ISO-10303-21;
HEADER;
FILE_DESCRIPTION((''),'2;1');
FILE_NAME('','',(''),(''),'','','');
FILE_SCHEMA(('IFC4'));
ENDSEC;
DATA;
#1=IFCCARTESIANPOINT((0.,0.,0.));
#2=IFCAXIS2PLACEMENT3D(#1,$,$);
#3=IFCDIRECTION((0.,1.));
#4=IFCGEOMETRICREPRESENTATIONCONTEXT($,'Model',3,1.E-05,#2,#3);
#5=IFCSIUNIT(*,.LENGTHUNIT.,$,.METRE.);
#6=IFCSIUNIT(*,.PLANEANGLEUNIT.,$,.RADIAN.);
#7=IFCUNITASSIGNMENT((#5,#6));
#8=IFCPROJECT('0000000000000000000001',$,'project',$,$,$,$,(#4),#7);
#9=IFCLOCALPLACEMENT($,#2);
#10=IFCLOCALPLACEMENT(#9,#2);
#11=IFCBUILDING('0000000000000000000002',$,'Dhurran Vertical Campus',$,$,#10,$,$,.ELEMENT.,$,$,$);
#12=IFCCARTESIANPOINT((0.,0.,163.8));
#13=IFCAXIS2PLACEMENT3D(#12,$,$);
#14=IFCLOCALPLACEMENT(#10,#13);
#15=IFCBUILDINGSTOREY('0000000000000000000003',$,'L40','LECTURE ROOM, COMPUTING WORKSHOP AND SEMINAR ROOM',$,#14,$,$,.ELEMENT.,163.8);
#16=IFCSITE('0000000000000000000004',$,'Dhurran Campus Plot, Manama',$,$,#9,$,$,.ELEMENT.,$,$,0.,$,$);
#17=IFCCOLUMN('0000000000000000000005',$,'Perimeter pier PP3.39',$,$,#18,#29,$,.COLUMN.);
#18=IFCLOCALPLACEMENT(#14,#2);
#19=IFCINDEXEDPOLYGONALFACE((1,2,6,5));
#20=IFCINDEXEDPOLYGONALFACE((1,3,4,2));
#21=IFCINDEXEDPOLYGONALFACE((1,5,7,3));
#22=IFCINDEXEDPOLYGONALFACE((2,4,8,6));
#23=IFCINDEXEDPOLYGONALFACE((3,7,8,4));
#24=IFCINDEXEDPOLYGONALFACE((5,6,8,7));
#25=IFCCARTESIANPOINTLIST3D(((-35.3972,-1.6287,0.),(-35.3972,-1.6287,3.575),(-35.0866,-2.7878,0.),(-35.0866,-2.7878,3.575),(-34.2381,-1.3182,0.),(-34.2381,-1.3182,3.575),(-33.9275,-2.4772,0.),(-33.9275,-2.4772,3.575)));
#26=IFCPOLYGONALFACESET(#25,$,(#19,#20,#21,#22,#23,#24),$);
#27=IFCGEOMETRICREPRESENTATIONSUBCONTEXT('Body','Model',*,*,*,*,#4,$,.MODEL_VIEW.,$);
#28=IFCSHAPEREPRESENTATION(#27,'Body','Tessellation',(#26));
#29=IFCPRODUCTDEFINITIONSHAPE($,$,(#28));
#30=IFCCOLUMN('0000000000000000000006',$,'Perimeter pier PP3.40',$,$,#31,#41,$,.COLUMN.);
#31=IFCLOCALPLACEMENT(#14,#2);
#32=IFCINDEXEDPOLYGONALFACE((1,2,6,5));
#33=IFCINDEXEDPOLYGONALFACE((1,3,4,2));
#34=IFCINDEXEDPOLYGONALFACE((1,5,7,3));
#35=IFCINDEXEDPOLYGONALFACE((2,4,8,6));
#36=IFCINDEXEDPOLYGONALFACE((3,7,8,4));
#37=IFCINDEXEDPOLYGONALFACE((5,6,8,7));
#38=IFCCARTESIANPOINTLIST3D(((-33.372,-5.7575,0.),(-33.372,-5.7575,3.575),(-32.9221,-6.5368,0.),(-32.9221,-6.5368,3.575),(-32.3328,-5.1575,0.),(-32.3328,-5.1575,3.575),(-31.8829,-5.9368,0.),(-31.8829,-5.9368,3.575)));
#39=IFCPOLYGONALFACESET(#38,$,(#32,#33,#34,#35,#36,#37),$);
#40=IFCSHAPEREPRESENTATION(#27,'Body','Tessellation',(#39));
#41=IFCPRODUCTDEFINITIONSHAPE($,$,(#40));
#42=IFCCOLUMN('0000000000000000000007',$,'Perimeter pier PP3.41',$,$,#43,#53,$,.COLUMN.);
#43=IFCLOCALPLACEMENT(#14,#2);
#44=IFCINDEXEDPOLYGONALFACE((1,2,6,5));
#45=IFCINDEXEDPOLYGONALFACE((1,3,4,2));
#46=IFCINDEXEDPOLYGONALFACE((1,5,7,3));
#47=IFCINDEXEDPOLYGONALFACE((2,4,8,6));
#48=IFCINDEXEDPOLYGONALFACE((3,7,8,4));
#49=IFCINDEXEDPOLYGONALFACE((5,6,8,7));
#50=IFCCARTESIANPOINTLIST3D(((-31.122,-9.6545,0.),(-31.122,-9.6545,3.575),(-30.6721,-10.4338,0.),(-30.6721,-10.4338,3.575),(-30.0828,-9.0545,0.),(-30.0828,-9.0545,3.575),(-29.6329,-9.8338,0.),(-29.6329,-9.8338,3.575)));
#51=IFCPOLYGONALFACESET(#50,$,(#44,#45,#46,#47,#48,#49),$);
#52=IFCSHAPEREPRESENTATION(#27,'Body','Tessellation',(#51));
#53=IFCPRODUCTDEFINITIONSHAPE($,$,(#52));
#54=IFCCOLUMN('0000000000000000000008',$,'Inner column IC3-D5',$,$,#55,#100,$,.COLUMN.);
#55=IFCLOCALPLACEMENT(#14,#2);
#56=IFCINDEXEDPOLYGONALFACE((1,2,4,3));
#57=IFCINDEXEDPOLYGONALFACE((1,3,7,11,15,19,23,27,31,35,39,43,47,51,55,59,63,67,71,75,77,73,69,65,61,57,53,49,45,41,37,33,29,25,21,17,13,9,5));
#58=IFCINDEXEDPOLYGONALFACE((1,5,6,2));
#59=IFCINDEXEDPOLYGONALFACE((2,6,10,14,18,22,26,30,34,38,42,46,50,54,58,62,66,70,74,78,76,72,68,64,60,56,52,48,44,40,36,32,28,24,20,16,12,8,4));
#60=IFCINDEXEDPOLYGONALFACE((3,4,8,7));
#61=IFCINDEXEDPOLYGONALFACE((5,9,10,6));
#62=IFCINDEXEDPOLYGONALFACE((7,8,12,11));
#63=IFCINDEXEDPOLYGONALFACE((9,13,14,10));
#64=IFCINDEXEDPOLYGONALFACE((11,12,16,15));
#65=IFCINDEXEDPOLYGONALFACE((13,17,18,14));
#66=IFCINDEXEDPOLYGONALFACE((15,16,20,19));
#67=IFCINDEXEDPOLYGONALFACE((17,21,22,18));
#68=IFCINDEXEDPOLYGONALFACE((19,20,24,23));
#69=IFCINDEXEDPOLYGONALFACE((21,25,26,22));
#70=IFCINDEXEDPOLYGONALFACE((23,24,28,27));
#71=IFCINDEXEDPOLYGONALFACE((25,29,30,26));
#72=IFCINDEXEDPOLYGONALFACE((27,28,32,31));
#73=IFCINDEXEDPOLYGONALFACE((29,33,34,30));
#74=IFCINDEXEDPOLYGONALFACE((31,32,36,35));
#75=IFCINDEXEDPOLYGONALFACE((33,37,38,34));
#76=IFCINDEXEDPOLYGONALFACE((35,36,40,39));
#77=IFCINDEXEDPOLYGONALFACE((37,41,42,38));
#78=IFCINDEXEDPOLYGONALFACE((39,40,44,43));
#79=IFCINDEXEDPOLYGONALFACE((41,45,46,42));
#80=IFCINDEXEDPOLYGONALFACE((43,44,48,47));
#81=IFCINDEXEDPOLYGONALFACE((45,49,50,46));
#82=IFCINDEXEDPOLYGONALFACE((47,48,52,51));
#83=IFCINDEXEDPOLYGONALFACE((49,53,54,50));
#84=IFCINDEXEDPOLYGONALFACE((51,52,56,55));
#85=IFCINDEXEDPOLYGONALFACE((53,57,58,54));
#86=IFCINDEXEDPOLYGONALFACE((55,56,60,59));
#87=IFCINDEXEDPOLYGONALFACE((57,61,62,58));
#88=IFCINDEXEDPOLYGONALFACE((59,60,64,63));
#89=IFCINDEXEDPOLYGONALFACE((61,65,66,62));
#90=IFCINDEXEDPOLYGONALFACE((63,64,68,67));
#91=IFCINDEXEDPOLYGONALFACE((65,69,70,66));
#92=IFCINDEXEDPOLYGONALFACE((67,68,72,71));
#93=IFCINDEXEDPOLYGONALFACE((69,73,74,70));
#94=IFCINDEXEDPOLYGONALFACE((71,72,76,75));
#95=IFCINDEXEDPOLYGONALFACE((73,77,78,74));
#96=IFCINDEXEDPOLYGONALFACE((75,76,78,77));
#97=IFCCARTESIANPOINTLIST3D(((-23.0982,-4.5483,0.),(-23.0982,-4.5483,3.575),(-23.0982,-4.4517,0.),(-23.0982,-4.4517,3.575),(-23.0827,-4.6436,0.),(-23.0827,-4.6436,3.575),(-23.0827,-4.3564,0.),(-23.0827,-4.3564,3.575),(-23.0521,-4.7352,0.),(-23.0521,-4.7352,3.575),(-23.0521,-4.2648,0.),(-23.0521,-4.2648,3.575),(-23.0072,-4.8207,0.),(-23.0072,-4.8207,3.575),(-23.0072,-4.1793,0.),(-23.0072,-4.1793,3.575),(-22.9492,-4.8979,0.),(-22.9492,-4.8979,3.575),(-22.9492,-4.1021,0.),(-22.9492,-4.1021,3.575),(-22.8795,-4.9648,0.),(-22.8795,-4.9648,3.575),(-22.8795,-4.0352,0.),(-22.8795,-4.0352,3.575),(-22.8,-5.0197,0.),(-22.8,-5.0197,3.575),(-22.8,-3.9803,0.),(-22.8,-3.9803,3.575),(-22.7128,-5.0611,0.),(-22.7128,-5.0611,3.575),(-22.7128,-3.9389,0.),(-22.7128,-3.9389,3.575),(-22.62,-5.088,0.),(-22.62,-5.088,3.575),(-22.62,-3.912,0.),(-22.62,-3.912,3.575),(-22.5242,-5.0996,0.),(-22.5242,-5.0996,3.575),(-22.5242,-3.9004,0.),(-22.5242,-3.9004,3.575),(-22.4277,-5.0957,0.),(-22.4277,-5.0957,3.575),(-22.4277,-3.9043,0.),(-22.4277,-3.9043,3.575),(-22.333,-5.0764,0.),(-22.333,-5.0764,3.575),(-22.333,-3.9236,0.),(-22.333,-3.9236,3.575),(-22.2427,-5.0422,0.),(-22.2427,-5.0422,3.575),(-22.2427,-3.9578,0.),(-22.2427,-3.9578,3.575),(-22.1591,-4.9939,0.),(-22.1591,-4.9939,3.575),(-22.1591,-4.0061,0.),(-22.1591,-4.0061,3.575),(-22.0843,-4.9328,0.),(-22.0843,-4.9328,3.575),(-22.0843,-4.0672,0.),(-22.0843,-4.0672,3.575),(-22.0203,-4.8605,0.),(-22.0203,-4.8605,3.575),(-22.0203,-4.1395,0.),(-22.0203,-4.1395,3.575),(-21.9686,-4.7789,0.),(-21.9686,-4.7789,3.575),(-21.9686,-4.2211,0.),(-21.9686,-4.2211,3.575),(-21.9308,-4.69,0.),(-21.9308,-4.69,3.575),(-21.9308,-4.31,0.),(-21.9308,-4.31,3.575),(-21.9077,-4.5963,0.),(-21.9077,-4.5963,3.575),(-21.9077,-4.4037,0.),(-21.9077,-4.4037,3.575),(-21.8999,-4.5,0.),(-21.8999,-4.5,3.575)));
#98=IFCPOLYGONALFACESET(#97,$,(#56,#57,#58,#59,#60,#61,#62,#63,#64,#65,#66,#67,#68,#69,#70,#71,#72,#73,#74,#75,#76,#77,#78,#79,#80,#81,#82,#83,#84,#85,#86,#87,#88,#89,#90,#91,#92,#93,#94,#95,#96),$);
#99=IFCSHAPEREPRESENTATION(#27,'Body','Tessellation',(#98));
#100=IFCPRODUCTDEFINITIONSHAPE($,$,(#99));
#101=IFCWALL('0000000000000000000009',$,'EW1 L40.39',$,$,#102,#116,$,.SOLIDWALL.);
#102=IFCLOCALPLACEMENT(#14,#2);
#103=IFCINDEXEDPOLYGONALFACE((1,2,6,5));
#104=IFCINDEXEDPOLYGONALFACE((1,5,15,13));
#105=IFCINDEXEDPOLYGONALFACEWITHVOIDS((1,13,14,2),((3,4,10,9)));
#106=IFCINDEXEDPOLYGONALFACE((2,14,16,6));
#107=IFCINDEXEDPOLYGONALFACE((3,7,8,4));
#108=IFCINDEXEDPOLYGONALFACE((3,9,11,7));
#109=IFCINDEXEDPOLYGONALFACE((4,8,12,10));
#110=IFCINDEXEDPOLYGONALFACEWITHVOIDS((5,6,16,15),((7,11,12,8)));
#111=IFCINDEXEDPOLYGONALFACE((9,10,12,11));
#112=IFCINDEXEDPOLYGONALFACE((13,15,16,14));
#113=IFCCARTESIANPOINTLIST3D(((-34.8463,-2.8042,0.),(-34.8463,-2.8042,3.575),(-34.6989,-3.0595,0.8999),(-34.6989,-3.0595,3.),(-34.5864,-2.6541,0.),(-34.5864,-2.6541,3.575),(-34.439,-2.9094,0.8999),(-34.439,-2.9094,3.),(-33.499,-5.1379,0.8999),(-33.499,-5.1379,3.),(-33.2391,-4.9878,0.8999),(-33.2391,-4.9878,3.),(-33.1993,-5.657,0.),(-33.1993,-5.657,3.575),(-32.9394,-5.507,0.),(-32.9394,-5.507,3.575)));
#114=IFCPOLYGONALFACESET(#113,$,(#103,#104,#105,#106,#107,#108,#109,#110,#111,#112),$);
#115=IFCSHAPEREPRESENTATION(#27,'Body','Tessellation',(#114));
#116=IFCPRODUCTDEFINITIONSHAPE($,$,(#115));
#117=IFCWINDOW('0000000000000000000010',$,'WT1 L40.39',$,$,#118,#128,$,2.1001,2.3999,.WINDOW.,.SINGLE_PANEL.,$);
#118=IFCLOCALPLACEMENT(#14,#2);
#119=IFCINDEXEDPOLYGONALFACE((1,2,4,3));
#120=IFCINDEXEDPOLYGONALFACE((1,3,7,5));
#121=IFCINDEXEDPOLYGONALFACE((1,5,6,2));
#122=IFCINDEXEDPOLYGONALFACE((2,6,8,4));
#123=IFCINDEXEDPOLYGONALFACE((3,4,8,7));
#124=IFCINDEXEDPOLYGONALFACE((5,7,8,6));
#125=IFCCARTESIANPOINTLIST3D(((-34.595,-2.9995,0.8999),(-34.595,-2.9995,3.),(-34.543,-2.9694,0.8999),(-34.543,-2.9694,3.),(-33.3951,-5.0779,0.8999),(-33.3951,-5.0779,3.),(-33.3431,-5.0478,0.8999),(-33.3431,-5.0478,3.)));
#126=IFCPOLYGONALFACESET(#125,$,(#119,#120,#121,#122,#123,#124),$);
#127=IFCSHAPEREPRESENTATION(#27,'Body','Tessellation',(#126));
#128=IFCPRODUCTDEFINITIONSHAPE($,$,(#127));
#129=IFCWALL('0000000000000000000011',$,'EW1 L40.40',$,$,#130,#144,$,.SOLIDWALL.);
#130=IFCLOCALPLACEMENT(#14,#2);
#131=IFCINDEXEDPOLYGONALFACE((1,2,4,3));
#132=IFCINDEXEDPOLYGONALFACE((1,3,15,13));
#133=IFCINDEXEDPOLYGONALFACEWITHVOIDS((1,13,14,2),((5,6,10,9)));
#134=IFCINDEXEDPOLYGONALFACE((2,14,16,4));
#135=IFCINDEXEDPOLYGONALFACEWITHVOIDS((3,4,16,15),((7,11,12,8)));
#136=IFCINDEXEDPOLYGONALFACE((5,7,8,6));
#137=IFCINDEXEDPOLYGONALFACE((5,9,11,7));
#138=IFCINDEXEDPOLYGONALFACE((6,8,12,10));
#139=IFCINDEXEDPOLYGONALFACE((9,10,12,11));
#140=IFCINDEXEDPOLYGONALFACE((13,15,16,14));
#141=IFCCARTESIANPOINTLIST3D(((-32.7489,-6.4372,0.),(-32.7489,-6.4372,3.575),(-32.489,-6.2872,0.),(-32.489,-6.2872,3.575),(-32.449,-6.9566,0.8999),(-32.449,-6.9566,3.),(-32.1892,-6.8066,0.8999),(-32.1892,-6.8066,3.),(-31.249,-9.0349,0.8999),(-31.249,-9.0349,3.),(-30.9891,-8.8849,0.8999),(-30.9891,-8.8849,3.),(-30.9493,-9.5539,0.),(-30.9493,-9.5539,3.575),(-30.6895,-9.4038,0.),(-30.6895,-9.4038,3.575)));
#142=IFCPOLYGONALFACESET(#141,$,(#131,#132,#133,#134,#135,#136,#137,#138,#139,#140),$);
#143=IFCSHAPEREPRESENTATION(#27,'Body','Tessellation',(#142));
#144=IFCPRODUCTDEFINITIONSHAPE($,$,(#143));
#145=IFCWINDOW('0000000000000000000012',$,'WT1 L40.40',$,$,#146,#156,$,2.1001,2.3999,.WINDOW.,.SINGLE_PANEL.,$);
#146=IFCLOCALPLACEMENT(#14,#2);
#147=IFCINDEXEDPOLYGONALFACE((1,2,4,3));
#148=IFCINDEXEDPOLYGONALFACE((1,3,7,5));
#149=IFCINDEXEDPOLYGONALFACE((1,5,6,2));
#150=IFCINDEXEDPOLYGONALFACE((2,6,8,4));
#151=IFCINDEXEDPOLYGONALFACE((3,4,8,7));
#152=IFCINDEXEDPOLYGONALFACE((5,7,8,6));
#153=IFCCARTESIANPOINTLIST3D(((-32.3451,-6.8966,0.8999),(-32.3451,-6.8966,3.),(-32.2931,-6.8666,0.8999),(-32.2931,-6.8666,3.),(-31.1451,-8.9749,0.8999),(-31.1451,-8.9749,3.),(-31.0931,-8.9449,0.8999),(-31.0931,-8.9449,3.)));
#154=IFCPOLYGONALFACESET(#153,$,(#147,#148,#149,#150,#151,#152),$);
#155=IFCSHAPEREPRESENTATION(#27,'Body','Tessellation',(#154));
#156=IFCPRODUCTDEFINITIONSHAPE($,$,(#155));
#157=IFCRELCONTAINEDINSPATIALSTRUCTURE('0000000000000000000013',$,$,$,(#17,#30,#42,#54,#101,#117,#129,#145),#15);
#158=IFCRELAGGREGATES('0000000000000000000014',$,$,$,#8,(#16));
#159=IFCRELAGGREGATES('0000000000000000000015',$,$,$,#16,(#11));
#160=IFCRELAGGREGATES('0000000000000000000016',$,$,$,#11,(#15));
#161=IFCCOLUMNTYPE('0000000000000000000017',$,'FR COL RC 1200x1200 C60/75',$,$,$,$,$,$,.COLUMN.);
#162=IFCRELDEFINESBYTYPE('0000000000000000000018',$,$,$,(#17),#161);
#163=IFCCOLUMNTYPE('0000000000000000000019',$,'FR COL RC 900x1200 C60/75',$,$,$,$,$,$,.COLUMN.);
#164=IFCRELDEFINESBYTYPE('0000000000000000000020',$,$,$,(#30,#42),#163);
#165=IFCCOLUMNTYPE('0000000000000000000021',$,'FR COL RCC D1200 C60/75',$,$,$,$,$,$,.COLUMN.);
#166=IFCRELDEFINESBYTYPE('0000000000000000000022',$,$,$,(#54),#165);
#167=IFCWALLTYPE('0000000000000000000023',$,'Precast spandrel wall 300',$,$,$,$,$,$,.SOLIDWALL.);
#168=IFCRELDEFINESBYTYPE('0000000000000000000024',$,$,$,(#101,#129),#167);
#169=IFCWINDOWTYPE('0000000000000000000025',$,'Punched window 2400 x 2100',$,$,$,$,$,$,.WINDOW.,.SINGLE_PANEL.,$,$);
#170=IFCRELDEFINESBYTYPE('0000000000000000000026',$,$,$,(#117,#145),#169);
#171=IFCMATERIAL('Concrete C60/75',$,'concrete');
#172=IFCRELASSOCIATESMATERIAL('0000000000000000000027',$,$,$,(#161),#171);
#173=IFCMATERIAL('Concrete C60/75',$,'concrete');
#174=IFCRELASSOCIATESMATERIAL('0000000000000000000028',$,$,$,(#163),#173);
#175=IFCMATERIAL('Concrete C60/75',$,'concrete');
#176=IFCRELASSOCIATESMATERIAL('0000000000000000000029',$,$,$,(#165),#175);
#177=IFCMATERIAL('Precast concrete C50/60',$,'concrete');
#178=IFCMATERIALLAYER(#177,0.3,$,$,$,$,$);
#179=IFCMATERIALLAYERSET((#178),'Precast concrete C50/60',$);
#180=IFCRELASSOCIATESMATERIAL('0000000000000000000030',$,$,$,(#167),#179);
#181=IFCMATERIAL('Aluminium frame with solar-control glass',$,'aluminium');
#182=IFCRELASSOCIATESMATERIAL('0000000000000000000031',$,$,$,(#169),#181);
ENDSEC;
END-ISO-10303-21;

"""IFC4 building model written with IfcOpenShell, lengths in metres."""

from ifc_helpers import new_model, si_unit, direction, frame, frame_2d, origin, origin_2d, place, context, subcontext, project, spatial, rectangle, circle, extrude, material, layer, layer_set, material_profile, profile_set, type_object, element, fill, save


model = new_model("IFC4")

# Units and contexts
model_context = context("Model", 3, precision=1e-05, world=origin(), true_north=direction((0.0, 1.0)))
body_context = subcontext(model_context, "Body", "Model", "MODEL_VIEW")
ifc_project = project(units=[si_unit("LENGTHUNIT", "METRE"), si_unit("PLANEANGLEUNIT", "RADIAN")], contexts=[model_context])

# Site, building, storey
site_placement = place(None, origin())
site = spatial("IfcSite", under=ifc_project, at=site_placement, Name="Dhurran Campus Plot, Manama", CompositionType="ELEMENT", RefElevation=0.0)
building_placement = place(site_placement, origin())
building = spatial("IfcBuilding", under=site, at=building_placement, Name="Dhurran Vertical Campus", CompositionType="ELEMENT")
storey_placement = place(building_placement, frame((0.0, 0.0, 163.8)))
storey = spatial("IfcBuildingStorey", under=building, at=storey_placement, Name="L40", Description="LECTURE ROOM, COMPUTING WORKSHOP AND SEMINAR ROOM", CompositionType="ELEMENT", Elevation=163.8)

# Columns
ifc_material_1 = material(Name="Concrete C60/75", Category="concrete")
ifc_material_profile_1 = material_profile(ifc_material_1, rectangle(XDim=1.2, YDim=1.2, at=origin_2d()), Name="RC 1200x1200")
ifc_profile_set_1 = profile_set([ifc_material_profile_1], Name="Concrete C60/75")
column_type_1 = type_object("IfcColumnType", Name="FR COL RC 1200x1200 C60/75", PredefinedType="COLUMN", material=ifc_profile_set_1)
column_1_placement = place(storey_placement, frame((-34.6624, -2.053, 0.0), z_axis=(0.0, 0.0, 1.0), x_axis=(0.258819, -0.965926, 0.0)))
element("IfcColumn", 1, at=column_1_placement, inside=storey, type_object=column_type_1, Name="Perimeter pier PP3.39", PredefinedType="COLUMN", context=body_context, shape_type="SweptSolid", body=[
    extrude(rectangle(XDim=1.2, YDim=1.2, at=origin_2d()), origin(), (0.0, 0.0, 1.0), 3.575),
])
ifc_material_2 = material(Name="Concrete C60/75", Category="concrete")
ifc_material_profile_2 = material_profile(ifc_material_2, rectangle(XDim=0.8999, YDim=1.2, at=origin_2d()), Name="RC 900x1200")
ifc_profile_set_2 = profile_set([ifc_material_profile_2], Name="Concrete C60/75")
column_type_2 = type_object("IfcColumnType", Name="FR COL RC 900x1200 C60/75", PredefinedType="COLUMN", material=ifc_profile_set_2)
for number, where, z_axis, x_axis, name in (
    (2, (-32.6274, -5.8472, 0.0), (0.0, 0.0, 1.0), (0.5, -0.866025, 0.0), "Perimeter pier PP3.40"),
    (3, (-30.3774, -9.7441, 0.0), (0.0, 0.0, 1.0), (0.5, -0.866025, 0.0), "Perimeter pier PP3.41"),
):
    element("IfcColumn", number, at=place(storey_placement, frame(where, z_axis=z_axis, x_axis=x_axis)), inside=storey, type_object=column_type_2, Name=name, PredefinedType="COLUMN", context=body_context, shape_type="SweptSolid", body=[
        extrude(rectangle(XDim=0.8999, YDim=1.2, at=origin_2d()), origin(), (0.0, 0.0, 1.0), 3.575),
    ])
ifc_material_3 = material(Name="Concrete C60/75", Category="concrete")
ifc_material_profile_3 = material_profile(ifc_material_3, circle(Radius=0.6001, at=origin_2d()), Name="RCC D1200")
ifc_profile_set_3 = profile_set([ifc_material_profile_3], Name="Concrete C60/75")
column_type_3 = type_object("IfcColumnType", Name="FR COL RCC D1200 C60/75", PredefinedType="COLUMN", material=ifc_profile_set_3)
column_2_placement = place(storey_placement, frame((-22.5, -4.5, 0.0), z_axis=(0.0, 0.0, 1.0), x_axis=(1.0, 0.0, 0.0)))
element("IfcColumn", 4, at=column_2_placement, inside=storey, type_object=column_type_3, Name="Inner column IC3-D5", PredefinedType="COLUMN", context=body_context, shape_type="SweptSolid", body=[
    extrude(circle(Radius=0.6001, at=origin_2d()), origin(), (0.0, 0.0, 1.0), 3.575),
])

# Walls, openings, windows
ifc_material_4 = material(Name="Precast concrete C50/60", Category="concrete")
ifc_layer_1 = layer(ifc_material_4, 0.3)
ifc_layer_set_1 = layer_set([ifc_layer_1], Name="Precast concrete C50/60")
wall_type_1 = type_object("IfcWallType", Name="Precast spandrel wall 300", PredefinedType="SOLIDWALL", material=ifc_layer_set_1)
wall_1_placement = place(storey_placement, frame((-34.7163, -2.7292, 0.0), z_axis=(0.0, 0.0, 1.0), x_axis=(0.499981, -0.866036, 0.0)))
wall_1 = element("IfcWall", 5, at=wall_1_placement, inside=storey, type_object=wall_type_1, Name="EW1 L40.39", PredefinedType="SOLIDWALL", context=body_context, shape_type="SweptSolid", body=[
    extrude(rectangle(XDim=3.2942, YDim=0.3, at=frame_2d((1.647, 0.0))), origin(), (0.0, 0.0, 1.0), 3.575),
])
opening_1_placement = place(wall_1_placement, frame((0.2947, 0.0, 0.8999)))
opening_1 = element("IfcOpeningElement", 6, at=opening_1_placement, cuts=wall_1, PredefinedType="OPENING", context=body_context, shape_type="SweptSolid", body=[
    extrude(rectangle(XDim=2.3999, YDim=2.1001, at=frame_2d((1.2, 1.05))), frame((0.0, 0.1599, 0.0), z_axis=(0.0, -1.0, 0.0), x_axis=(1.0, 0.0, 0.0)), (0.0, 0.0, 1.0), 0.3201),
])
ifc_material_5 = material(Name="Aluminium frame with solar-control glass", Category="aluminium")
window_type = type_object("IfcWindowType", Name="Punched window 2400 x 2100", PartitioningType="SINGLE_PANEL", PredefinedType="WINDOW", material=ifc_material_5)
window_1_placement = place(opening_1_placement, origin())
window_1 = element("IfcWindow", 7, at=window_1_placement, inside=storey, type_object=window_type, Name="WT1 L40.39", OverallHeight=2.1001, OverallWidth=2.3999, PartitioningType="SINGLE_PANEL", PredefinedType="WINDOW", context=body_context, shape_type="SweptSolid", body=[
    extrude(rectangle(XDim=2.3999, YDim=2.1001, at=frame_2d((1.2, 1.05))), frame((0.0, 0.03, 0.0), z_axis=(0.0, -1.0, 0.0), x_axis=(1.0, 0.0, 0.0)), (0.0, 0.0, 1.0), 0.0601),
])
fill(opening_1, window_1)
wall_2_placement = place(storey_placement, frame((-32.6189, -6.3623, 0.0), z_axis=(0.0, 0.0, 1.0), x_axis=(0.500028, -0.866009, 0.0)))
wall_2 = element("IfcWall", 8, at=wall_2_placement, inside=storey, type_object=wall_type_1, Name="EW1 L40.40", PredefinedType="SOLIDWALL", context=body_context, shape_type="SweptSolid", body=[
    extrude(rectangle(XDim=3.5989, YDim=0.3, at=frame_2d((1.7993, 0.0))), origin(), (0.0, 0.0, 1.0), 3.575),
])
opening_2_placement = place(wall_2_placement, frame((0.5996, 0.0, 0.8999)))
opening_2 = element("IfcOpeningElement", 9, at=opening_2_placement, cuts=wall_2, PredefinedType="OPENING", context=body_context, shape_type="SweptSolid", body=[
    extrude(rectangle(XDim=2.3999, YDim=2.1001, at=frame_2d((1.2, 1.05))), frame((0.0, 0.1599, 0.0), z_axis=(0.0, -1.0, 0.0), x_axis=(1.0, 0.0, 0.0)), (0.0, 0.0, 1.0), 0.3201),
])
window_2_placement = place(opening_2_placement, origin())
window_2 = element("IfcWindow", 10, at=window_2_placement, inside=storey, type_object=window_type, Name="WT1 L40.40", OverallHeight=2.1001, OverallWidth=2.3999, PartitioningType="SINGLE_PANEL", PredefinedType="WINDOW", context=body_context, shape_type="SweptSolid", body=[
    extrude(rectangle(XDim=2.3999, YDim=2.1001, at=frame_2d((1.2, 1.05))), frame((0.0, 0.03, 0.0), z_axis=(0.0, -1.0, 0.0), x_axis=(1.0, 0.0, 0.0)), (0.0, 0.0, 1.0), 0.0601),
])
fill(opening_2, window_2)

save(model, "model.ifc")
